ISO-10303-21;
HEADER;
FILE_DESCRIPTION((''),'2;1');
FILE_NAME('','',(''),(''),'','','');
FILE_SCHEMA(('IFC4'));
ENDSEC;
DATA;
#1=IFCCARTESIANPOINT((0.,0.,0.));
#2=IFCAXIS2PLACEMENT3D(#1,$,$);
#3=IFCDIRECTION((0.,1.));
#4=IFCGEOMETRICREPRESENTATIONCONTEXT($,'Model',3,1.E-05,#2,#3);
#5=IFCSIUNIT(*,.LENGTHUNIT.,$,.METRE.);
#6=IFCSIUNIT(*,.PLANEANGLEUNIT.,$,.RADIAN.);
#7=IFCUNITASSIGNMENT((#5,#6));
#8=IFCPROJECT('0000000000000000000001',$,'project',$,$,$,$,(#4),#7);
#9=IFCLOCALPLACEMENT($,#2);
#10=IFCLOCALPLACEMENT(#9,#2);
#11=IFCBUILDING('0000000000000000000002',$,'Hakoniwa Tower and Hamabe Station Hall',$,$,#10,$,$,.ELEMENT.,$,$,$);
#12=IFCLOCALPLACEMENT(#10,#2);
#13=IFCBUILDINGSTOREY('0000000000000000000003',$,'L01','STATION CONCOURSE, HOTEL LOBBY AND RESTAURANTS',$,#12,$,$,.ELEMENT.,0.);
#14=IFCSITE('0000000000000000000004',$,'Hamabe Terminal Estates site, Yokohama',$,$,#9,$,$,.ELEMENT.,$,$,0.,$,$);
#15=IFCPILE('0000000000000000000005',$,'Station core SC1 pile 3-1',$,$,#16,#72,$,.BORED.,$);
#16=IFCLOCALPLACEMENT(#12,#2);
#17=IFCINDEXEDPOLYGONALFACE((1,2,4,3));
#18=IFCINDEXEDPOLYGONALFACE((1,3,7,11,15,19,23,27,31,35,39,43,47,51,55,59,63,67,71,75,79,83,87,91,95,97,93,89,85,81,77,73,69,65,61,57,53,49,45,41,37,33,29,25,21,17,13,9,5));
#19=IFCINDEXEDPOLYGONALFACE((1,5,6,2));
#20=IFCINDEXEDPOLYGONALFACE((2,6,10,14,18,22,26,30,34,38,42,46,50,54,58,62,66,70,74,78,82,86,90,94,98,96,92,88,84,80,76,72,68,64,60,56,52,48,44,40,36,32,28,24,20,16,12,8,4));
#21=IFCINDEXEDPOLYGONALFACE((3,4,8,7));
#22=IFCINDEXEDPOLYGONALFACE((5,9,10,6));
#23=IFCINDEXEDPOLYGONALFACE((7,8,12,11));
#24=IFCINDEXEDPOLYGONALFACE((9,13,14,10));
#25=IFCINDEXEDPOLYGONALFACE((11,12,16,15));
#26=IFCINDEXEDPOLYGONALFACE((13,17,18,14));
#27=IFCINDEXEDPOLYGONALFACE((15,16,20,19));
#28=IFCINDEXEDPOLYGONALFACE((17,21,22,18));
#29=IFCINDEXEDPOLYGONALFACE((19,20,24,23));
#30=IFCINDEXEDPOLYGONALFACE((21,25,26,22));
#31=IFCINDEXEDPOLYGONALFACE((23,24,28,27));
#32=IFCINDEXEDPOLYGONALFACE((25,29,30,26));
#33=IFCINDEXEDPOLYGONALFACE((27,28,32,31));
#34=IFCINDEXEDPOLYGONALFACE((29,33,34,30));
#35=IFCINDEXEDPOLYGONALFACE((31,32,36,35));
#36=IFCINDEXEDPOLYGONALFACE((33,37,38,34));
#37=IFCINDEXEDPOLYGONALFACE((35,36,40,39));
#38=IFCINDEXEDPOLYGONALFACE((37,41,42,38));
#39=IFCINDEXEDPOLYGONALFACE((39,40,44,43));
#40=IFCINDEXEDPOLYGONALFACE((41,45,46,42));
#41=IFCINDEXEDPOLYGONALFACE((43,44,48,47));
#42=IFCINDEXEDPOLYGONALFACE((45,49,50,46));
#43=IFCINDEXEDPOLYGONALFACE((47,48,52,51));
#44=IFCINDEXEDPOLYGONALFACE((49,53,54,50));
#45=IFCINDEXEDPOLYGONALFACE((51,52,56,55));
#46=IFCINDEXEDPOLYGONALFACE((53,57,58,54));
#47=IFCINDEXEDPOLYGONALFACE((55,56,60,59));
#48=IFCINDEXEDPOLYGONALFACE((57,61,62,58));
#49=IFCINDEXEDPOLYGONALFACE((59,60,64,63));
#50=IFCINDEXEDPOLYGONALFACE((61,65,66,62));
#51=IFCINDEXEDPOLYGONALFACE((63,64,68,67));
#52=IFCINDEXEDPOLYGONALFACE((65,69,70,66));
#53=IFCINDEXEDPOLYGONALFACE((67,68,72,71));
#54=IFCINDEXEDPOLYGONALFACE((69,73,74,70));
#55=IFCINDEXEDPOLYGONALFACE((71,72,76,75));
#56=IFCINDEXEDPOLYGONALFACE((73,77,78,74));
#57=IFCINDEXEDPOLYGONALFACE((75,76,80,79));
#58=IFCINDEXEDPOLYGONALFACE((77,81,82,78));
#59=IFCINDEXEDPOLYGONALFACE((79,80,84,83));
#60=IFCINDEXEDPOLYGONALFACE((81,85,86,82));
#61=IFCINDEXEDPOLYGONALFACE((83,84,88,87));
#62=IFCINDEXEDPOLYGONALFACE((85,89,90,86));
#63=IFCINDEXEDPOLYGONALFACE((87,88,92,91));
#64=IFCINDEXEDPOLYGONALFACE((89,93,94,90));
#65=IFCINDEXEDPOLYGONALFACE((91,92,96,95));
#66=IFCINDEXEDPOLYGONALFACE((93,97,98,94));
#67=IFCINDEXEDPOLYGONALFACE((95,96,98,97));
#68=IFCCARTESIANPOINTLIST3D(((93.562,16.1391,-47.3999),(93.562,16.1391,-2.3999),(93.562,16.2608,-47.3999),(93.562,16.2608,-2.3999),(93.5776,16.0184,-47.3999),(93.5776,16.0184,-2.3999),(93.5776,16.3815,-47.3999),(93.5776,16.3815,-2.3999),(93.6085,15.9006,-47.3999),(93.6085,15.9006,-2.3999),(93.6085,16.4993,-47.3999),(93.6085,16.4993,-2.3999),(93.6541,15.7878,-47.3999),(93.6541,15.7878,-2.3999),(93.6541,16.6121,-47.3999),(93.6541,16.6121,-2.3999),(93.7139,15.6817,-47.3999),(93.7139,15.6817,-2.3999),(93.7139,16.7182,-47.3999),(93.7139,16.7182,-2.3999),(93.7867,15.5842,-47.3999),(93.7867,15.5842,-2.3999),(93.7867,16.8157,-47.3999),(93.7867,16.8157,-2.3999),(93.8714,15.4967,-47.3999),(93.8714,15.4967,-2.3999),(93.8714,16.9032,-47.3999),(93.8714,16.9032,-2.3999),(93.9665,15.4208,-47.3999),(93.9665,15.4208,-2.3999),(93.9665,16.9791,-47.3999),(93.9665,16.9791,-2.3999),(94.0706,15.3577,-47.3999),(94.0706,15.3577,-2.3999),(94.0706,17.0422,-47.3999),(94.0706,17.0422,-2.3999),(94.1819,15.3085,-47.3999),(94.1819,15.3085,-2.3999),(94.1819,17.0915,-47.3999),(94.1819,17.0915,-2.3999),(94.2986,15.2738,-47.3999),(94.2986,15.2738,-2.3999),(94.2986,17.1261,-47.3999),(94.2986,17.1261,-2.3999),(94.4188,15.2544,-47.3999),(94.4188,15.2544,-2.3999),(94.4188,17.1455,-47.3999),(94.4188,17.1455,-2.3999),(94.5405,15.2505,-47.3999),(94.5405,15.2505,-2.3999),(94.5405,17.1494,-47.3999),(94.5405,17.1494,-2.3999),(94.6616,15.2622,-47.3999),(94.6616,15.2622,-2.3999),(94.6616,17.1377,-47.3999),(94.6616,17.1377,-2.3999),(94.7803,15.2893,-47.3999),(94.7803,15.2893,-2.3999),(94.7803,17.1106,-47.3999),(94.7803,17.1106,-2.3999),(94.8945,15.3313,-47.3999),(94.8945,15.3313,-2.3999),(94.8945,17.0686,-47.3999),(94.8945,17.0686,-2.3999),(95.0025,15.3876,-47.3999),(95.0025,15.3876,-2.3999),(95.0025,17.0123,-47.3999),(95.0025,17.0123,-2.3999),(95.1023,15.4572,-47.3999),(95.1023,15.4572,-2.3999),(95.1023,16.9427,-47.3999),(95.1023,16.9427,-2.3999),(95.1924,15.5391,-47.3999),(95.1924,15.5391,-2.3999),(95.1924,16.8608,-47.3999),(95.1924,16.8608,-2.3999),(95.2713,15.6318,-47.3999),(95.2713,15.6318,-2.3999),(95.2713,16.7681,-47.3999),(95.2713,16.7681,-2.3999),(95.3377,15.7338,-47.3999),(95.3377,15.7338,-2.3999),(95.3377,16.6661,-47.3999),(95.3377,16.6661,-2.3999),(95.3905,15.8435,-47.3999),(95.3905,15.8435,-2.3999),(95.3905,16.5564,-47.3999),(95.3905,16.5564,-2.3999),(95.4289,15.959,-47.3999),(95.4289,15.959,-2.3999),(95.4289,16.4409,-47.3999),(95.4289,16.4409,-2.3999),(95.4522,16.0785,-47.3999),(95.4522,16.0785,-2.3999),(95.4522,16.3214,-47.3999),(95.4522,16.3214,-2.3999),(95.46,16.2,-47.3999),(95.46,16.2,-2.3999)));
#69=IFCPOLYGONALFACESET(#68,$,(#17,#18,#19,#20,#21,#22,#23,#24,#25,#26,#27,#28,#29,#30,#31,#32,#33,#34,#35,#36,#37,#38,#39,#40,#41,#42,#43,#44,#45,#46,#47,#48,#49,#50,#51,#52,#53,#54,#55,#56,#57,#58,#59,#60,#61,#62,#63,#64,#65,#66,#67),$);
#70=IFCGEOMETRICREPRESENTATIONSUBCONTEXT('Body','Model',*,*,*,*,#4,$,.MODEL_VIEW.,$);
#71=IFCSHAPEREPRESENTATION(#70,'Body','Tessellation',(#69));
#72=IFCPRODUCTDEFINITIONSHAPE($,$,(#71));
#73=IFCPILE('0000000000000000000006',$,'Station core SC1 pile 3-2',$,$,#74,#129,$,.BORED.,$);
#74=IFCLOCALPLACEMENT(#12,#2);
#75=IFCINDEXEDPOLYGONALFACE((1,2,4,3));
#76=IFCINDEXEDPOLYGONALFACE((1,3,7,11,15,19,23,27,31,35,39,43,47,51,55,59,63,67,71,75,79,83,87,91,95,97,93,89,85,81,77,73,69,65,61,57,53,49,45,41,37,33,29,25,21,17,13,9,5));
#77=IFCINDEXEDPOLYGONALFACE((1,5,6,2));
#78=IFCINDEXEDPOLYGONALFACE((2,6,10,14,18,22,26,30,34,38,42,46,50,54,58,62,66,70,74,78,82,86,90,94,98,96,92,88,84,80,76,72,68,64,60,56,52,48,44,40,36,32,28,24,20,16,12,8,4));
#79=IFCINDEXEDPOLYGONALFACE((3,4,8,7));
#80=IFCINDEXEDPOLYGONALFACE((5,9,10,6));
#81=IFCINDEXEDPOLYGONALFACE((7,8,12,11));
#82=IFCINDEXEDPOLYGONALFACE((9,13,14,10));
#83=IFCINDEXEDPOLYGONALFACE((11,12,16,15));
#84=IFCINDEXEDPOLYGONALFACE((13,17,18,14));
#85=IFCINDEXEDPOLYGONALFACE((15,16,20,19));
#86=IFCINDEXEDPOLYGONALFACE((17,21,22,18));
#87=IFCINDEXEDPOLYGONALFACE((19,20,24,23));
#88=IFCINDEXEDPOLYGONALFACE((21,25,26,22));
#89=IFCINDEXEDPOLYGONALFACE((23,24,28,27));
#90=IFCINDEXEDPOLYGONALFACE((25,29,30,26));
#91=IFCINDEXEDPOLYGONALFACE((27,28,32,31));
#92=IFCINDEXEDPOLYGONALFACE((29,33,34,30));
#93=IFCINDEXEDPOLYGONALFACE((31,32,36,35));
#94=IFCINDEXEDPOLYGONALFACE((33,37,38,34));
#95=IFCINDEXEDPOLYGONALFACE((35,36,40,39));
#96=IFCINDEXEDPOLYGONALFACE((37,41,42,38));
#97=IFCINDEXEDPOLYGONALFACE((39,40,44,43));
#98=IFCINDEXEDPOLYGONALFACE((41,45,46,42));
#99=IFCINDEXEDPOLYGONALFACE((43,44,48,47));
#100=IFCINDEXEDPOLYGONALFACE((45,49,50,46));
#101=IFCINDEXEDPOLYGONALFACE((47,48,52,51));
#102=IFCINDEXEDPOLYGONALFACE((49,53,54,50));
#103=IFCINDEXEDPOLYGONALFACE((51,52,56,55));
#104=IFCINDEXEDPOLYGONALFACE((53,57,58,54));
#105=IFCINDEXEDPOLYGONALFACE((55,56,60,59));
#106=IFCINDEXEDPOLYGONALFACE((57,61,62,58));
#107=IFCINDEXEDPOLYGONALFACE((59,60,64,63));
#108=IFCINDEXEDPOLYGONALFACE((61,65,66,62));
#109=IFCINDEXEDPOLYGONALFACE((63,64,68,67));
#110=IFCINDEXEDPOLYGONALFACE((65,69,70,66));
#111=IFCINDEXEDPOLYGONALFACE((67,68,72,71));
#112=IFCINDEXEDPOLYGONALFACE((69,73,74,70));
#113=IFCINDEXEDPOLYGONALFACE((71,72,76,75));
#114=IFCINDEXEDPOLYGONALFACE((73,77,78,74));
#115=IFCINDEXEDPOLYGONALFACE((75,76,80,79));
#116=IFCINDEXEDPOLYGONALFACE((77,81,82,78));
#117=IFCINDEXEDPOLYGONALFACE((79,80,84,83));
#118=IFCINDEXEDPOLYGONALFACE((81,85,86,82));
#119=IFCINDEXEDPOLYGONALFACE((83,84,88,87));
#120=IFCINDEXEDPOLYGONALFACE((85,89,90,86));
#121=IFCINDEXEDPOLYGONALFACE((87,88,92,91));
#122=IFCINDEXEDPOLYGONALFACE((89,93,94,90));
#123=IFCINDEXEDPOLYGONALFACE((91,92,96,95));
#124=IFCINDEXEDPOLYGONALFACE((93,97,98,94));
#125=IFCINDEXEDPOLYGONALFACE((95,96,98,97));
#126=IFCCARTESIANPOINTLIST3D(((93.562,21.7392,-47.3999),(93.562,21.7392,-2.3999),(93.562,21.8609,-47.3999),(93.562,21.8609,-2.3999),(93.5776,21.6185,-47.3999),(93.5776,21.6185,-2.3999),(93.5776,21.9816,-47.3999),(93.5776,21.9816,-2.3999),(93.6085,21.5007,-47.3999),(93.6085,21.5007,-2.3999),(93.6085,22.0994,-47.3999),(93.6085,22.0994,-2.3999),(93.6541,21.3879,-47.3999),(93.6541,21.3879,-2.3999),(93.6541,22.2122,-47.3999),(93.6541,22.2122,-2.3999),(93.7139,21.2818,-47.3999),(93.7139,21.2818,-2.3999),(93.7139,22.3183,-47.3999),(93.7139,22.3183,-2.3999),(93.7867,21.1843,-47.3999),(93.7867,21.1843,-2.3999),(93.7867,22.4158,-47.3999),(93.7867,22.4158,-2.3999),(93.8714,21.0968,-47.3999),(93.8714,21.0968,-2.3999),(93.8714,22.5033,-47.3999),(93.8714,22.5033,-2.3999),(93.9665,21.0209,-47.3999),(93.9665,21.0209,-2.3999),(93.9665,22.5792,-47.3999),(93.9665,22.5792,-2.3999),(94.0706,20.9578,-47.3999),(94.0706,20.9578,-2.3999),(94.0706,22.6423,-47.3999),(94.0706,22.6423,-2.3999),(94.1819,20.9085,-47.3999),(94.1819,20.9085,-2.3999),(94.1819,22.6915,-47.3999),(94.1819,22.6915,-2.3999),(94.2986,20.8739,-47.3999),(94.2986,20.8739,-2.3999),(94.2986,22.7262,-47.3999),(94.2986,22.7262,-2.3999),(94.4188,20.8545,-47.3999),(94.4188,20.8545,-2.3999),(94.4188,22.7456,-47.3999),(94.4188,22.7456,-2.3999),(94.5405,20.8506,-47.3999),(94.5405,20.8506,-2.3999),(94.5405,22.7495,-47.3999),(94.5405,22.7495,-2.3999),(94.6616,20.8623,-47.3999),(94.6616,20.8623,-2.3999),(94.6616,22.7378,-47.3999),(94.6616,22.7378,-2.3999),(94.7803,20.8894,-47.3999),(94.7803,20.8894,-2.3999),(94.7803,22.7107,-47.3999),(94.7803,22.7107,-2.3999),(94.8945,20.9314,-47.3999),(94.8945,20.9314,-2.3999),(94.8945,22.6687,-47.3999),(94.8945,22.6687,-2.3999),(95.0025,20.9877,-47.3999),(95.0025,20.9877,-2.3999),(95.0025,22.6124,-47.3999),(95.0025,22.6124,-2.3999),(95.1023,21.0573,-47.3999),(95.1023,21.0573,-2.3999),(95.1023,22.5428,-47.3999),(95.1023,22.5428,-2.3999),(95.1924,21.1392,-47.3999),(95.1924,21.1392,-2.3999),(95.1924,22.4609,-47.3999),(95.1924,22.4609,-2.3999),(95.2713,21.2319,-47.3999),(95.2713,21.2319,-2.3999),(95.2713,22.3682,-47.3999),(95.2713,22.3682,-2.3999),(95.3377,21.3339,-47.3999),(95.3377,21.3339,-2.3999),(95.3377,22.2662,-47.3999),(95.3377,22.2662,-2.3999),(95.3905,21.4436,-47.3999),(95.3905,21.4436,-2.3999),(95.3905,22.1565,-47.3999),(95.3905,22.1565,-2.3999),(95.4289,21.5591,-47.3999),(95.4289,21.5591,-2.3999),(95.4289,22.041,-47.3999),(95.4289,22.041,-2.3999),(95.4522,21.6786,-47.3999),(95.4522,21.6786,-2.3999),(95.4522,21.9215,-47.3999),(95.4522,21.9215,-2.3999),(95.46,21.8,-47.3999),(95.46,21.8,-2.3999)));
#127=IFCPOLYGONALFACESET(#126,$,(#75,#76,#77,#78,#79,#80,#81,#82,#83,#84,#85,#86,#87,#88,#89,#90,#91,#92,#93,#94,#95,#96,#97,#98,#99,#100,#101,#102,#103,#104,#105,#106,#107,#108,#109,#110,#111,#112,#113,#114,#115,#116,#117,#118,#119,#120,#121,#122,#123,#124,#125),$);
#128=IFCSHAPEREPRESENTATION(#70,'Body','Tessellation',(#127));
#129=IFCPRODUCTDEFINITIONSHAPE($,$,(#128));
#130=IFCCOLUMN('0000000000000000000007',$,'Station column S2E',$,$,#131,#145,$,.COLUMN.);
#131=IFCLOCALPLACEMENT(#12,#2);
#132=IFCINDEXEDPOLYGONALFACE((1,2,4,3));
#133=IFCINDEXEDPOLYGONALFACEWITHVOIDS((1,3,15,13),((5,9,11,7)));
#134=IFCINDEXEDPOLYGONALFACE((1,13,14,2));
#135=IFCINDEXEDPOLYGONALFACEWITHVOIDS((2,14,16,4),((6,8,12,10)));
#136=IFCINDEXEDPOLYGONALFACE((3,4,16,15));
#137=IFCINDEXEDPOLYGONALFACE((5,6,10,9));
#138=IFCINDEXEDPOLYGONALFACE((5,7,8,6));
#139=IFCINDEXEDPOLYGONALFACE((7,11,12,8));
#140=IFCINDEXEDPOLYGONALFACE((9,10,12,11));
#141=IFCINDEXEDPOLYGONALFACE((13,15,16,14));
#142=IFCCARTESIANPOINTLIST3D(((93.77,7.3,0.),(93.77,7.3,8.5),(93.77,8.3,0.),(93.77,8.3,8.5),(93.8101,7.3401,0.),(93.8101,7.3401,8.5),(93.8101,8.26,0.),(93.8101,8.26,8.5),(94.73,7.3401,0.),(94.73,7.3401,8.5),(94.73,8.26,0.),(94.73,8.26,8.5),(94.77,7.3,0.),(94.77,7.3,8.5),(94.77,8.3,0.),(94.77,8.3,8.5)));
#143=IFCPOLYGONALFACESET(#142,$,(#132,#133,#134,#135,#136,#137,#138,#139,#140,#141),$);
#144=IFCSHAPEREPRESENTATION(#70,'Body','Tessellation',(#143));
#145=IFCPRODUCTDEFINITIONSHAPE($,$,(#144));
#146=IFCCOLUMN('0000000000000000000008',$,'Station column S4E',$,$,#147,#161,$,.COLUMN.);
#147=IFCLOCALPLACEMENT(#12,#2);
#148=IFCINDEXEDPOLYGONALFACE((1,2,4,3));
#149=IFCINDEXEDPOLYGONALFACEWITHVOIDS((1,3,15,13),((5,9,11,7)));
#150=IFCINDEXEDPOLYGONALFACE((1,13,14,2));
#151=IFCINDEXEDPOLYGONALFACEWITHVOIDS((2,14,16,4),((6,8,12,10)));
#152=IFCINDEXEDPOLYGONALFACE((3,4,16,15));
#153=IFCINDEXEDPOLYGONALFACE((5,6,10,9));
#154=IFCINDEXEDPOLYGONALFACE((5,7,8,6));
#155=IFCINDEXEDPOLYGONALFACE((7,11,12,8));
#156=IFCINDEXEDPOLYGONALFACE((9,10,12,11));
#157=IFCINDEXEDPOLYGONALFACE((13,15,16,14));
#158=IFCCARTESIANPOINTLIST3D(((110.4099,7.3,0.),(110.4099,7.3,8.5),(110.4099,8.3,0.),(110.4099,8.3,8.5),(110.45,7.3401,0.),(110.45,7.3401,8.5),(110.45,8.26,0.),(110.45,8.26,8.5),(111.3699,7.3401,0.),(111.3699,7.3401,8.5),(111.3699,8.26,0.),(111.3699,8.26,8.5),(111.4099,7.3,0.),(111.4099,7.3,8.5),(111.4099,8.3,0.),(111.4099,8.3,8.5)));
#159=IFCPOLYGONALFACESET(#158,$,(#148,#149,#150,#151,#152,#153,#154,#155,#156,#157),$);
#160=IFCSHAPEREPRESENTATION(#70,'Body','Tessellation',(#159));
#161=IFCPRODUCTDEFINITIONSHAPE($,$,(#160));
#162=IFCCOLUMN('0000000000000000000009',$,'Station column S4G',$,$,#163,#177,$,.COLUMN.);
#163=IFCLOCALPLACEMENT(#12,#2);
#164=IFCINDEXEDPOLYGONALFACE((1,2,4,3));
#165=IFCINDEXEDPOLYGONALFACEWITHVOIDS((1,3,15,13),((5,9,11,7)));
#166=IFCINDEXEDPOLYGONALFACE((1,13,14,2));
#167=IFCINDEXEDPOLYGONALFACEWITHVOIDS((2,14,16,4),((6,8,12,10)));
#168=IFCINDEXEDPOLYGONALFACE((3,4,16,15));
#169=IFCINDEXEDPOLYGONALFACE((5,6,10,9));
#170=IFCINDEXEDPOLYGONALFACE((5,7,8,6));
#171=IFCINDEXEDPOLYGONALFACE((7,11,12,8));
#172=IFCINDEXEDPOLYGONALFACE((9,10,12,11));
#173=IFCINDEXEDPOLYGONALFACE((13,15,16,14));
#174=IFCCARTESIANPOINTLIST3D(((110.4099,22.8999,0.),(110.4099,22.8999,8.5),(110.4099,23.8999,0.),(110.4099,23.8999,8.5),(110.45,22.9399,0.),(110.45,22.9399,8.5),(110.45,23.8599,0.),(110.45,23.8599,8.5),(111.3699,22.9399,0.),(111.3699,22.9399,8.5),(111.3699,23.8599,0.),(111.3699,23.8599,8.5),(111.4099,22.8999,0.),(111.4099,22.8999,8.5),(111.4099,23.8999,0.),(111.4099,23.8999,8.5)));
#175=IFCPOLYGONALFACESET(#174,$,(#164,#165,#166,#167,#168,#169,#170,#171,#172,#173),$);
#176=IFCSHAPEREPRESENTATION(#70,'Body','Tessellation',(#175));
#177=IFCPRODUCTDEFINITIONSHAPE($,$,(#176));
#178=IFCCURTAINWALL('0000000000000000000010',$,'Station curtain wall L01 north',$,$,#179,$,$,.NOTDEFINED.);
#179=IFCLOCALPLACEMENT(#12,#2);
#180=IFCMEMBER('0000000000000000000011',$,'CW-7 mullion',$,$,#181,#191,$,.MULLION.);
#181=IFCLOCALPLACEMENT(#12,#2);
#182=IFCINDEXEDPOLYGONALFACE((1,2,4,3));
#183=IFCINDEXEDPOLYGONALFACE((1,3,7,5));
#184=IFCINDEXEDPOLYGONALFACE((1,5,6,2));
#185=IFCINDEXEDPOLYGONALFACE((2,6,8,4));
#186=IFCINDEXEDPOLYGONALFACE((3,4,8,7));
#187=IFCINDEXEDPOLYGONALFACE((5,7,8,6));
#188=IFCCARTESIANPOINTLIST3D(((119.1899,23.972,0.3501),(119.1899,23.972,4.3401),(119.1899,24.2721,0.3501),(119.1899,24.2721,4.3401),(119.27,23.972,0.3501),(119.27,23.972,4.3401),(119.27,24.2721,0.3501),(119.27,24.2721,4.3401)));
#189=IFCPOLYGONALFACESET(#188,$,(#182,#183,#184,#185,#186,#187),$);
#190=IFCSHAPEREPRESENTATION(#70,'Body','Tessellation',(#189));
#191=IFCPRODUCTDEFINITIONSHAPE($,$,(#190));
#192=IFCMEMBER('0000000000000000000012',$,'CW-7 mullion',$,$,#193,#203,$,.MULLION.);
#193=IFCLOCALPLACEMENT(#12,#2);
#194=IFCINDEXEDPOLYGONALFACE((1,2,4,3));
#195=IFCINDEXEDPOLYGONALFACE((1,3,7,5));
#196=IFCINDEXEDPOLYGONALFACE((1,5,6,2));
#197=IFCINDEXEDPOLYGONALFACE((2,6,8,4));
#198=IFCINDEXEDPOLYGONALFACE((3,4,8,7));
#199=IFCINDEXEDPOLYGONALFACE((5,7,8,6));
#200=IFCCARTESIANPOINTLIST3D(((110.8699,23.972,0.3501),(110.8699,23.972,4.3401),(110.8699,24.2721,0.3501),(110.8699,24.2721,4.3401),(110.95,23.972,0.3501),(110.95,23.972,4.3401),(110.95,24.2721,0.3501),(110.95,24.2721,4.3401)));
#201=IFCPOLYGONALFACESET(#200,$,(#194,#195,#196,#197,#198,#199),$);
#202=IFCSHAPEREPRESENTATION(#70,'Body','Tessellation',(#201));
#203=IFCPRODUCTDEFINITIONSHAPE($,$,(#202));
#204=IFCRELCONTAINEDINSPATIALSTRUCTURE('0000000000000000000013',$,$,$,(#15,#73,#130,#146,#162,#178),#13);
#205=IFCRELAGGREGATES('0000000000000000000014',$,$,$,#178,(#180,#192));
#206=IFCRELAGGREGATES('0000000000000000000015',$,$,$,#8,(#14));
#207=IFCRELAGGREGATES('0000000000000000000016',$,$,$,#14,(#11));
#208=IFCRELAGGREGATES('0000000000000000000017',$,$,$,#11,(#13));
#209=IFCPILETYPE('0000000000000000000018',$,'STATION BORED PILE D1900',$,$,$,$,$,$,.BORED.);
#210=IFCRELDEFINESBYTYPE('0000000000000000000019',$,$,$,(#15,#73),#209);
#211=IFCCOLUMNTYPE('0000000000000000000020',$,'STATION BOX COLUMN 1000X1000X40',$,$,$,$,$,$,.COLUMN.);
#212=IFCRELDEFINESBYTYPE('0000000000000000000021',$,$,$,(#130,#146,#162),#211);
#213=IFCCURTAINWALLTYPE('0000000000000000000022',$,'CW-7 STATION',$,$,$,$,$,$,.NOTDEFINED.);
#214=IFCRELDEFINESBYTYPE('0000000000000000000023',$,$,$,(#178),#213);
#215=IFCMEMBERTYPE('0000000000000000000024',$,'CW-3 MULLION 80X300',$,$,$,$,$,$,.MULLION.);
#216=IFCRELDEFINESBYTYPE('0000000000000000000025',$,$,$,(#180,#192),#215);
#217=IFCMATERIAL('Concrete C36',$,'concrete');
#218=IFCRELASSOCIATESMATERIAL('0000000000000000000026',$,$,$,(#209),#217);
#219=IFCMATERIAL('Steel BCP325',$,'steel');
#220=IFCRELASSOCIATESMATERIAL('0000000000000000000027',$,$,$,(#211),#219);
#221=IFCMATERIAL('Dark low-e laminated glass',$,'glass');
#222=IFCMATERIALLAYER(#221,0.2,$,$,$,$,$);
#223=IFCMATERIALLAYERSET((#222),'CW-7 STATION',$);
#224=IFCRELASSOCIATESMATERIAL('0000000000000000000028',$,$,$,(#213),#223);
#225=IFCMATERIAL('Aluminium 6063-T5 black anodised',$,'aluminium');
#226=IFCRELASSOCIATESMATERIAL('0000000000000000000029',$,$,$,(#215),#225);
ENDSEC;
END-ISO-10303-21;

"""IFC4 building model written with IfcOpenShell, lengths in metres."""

from ifc_helpers import new_model, si_unit, direction, frame, origin, origin_2d, place, context, subcontext, project, spatial, rectangle, hollow_rectangle, circle, extrude, material, layer, layer_set, material_profile, profile_set, type_object, element, aggregate, save


model = new_model("IFC4")

# Units and contexts
model_context = context("Model", 3, precision=1e-05, world=origin(), true_north=direction((0.0, 1.0)))
body_context = subcontext(model_context, "Body", "Model", "MODEL_VIEW")
ifc_project = project(units=[si_unit("LENGTHUNIT", "METRE"), si_unit("PLANEANGLEUNIT", "RADIAN")], contexts=[model_context])

# Site, building, storey
site_placement = place(None, origin())
site = spatial("IfcSite", under=ifc_project, at=site_placement, Name="Hamabe Terminal Estates site, Yokohama", CompositionType="ELEMENT", RefElevation=0.0)
building_placement = place(site_placement, origin())
building = spatial("IfcBuilding", under=site, at=building_placement, Name="Hakoniwa Tower and Hamabe Station Hall", CompositionType="ELEMENT")
storey_placement = place(building_placement, origin())
storey = spatial("IfcBuildingStorey", under=building, at=storey_placement, Name="L01", Description="STATION CONCOURSE, HOTEL LOBBY AND RESTAURANTS", CompositionType="ELEMENT", Elevation=0.0)

# Piles
ifc_material_1 = material(Name="Concrete C36", Category="concrete")
ifc_material_profile_1 = material_profile(ifc_material_1, circle(Radius=0.95, at=origin_2d()), Name="STATION BORED PILE D1900")
ifc_profile_set_1 = profile_set([ifc_material_profile_1], Name="Concrete C36")
pile_type = type_object("IfcPileType", Name="STATION BORED PILE D1900", PredefinedType="BORED", material=ifc_profile_set_1)
for number, where, z_axis, x_axis, name in (
    (1, (94.51, 16.2, -2.3999), (0.0, 0.0, -1.0), (1.0, 0.0, 0.0), "Station core SC1 pile 3-1"),
    (2, (94.51, 21.8, -2.3999), (0.0, 0.0, -1.0), (1.0, 0.0, 0.0), "Station core SC1 pile 3-2"),
):
    element("IfcPile", number, at=place(storey_placement, frame(where, z_axis=z_axis, x_axis=x_axis)), inside=storey, type_object=pile_type, Name=name, PredefinedType="BORED", context=body_context, shape_type="SweptSolid", body=[
        extrude(circle(Radius=0.95, at=origin_2d()), origin(), (0.0, 0.0, 1.0), 45.0),
    ])

# Columns
ifc_material_2 = material(Name="Steel BCP325", Category="steel")
ifc_material_profile_2 = material_profile(ifc_material_2, hollow_rectangle(XDim=1.0, YDim=1.0, WallThickness=0.04, at=origin_2d()), Name="STATION BOX COLUMN 1000X1000X40")
ifc_profile_set_2 = profile_set([ifc_material_profile_2], Name="Steel BCP325")
column_type = type_object("IfcColumnType", Name="STATION BOX COLUMN 1000X1000X40", PredefinedType="COLUMN", material=ifc_profile_set_2)
for number, where, z_axis, x_axis, name in (
    (3, (94.27, 7.8, 0.0), (0.0, 0.0, 1.0), (1.0, 0.0, 0.0), "Station column S2E"),
    (4, (110.9099, 7.8, 0.0), (0.0, 0.0, 1.0), (1.0, 0.0, 0.0), "Station column S4E"),
    (5, (110.9099, 23.3999, 0.0), (0.0, 0.0, 1.0), (1.0, 0.0, 0.0), "Station column S4G"),
):
    element("IfcColumn", number, at=place(storey_placement, frame(where, z_axis=z_axis, x_axis=x_axis)), inside=storey, type_object=column_type, Name=name, PredefinedType="COLUMN", context=body_context, shape_type="SweptSolid", body=[
        extrude(hollow_rectangle(XDim=1.0, YDim=1.0, WallThickness=0.04, at=origin_2d()), origin(), (0.0, 0.0, 1.0), 8.5),
    ])

# Curtain wall, members
ifc_material_3 = material(Name="Dark low-e laminated glass", Category="glass")
ifc_layer_1 = layer(ifc_material_3, 0.2)
ifc_layer_set_1 = layer_set([ifc_layer_1], Name="CW-7 STATION")
curtain_wall_type = type_object("IfcCurtainWallType", Name="CW-7 STATION", PredefinedType="NOTDEFINED", material=ifc_layer_set_1)
curtain_wall_placement = place(storey_placement, origin())
curtain_wall = element("IfcCurtainWall", 6, at=curtain_wall_placement, inside=storey, type_object=curtain_wall_type, Name="Station curtain wall L01 north", PredefinedType="NOTDEFINED")
ifc_material_4 = material(Name="Aluminium 6063-T5 black anodised", Category="aluminium")
ifc_material_profile_3 = material_profile(ifc_material_4, rectangle(XDim=0.0801, YDim=0.3, at=origin_2d()), Name="CW-3 MULLION 80X300")
ifc_profile_set_3 = profile_set([ifc_material_profile_3], Name="Aluminium 6063-T5 black anodised")
member_type = type_object("IfcMemberType", Name="CW-3 MULLION 80X300", PredefinedType="MULLION", material=ifc_profile_set_3)
member_1_placement = place(storey_placement, frame((119.23, 24.1221, 0.3501), z_axis=(0.0, 0.0, 1.0), x_axis=(-1.0, 0.0, 0.0)))
member_1 = element("IfcMember", 7, at=member_1_placement, type_object=member_type, Name="CW-7 mullion", PredefinedType="MULLION", context=body_context, shape_type="SweptSolid", body=[
    extrude(rectangle(XDim=0.0801, YDim=0.3, at=origin_2d()), origin(), (0.0, 0.0, 1.0), 3.99),
])
member_2_placement = place(storey_placement, frame((110.9099, 24.1221, 0.3501), z_axis=(0.0, 0.0, 1.0), x_axis=(-1.0, 0.0, 0.0)))
member_2 = element("IfcMember", 8, at=member_2_placement, type_object=member_type, Name="CW-7 mullion", PredefinedType="MULLION", context=body_context, shape_type="SweptSolid", body=[
    extrude(rectangle(XDim=0.0801, YDim=0.3, at=origin_2d()), origin(), (0.0, 0.0, 1.0), 3.99),
])
aggregate(curtain_wall, [member_1, member_2])

save(model, "model.ifc")
